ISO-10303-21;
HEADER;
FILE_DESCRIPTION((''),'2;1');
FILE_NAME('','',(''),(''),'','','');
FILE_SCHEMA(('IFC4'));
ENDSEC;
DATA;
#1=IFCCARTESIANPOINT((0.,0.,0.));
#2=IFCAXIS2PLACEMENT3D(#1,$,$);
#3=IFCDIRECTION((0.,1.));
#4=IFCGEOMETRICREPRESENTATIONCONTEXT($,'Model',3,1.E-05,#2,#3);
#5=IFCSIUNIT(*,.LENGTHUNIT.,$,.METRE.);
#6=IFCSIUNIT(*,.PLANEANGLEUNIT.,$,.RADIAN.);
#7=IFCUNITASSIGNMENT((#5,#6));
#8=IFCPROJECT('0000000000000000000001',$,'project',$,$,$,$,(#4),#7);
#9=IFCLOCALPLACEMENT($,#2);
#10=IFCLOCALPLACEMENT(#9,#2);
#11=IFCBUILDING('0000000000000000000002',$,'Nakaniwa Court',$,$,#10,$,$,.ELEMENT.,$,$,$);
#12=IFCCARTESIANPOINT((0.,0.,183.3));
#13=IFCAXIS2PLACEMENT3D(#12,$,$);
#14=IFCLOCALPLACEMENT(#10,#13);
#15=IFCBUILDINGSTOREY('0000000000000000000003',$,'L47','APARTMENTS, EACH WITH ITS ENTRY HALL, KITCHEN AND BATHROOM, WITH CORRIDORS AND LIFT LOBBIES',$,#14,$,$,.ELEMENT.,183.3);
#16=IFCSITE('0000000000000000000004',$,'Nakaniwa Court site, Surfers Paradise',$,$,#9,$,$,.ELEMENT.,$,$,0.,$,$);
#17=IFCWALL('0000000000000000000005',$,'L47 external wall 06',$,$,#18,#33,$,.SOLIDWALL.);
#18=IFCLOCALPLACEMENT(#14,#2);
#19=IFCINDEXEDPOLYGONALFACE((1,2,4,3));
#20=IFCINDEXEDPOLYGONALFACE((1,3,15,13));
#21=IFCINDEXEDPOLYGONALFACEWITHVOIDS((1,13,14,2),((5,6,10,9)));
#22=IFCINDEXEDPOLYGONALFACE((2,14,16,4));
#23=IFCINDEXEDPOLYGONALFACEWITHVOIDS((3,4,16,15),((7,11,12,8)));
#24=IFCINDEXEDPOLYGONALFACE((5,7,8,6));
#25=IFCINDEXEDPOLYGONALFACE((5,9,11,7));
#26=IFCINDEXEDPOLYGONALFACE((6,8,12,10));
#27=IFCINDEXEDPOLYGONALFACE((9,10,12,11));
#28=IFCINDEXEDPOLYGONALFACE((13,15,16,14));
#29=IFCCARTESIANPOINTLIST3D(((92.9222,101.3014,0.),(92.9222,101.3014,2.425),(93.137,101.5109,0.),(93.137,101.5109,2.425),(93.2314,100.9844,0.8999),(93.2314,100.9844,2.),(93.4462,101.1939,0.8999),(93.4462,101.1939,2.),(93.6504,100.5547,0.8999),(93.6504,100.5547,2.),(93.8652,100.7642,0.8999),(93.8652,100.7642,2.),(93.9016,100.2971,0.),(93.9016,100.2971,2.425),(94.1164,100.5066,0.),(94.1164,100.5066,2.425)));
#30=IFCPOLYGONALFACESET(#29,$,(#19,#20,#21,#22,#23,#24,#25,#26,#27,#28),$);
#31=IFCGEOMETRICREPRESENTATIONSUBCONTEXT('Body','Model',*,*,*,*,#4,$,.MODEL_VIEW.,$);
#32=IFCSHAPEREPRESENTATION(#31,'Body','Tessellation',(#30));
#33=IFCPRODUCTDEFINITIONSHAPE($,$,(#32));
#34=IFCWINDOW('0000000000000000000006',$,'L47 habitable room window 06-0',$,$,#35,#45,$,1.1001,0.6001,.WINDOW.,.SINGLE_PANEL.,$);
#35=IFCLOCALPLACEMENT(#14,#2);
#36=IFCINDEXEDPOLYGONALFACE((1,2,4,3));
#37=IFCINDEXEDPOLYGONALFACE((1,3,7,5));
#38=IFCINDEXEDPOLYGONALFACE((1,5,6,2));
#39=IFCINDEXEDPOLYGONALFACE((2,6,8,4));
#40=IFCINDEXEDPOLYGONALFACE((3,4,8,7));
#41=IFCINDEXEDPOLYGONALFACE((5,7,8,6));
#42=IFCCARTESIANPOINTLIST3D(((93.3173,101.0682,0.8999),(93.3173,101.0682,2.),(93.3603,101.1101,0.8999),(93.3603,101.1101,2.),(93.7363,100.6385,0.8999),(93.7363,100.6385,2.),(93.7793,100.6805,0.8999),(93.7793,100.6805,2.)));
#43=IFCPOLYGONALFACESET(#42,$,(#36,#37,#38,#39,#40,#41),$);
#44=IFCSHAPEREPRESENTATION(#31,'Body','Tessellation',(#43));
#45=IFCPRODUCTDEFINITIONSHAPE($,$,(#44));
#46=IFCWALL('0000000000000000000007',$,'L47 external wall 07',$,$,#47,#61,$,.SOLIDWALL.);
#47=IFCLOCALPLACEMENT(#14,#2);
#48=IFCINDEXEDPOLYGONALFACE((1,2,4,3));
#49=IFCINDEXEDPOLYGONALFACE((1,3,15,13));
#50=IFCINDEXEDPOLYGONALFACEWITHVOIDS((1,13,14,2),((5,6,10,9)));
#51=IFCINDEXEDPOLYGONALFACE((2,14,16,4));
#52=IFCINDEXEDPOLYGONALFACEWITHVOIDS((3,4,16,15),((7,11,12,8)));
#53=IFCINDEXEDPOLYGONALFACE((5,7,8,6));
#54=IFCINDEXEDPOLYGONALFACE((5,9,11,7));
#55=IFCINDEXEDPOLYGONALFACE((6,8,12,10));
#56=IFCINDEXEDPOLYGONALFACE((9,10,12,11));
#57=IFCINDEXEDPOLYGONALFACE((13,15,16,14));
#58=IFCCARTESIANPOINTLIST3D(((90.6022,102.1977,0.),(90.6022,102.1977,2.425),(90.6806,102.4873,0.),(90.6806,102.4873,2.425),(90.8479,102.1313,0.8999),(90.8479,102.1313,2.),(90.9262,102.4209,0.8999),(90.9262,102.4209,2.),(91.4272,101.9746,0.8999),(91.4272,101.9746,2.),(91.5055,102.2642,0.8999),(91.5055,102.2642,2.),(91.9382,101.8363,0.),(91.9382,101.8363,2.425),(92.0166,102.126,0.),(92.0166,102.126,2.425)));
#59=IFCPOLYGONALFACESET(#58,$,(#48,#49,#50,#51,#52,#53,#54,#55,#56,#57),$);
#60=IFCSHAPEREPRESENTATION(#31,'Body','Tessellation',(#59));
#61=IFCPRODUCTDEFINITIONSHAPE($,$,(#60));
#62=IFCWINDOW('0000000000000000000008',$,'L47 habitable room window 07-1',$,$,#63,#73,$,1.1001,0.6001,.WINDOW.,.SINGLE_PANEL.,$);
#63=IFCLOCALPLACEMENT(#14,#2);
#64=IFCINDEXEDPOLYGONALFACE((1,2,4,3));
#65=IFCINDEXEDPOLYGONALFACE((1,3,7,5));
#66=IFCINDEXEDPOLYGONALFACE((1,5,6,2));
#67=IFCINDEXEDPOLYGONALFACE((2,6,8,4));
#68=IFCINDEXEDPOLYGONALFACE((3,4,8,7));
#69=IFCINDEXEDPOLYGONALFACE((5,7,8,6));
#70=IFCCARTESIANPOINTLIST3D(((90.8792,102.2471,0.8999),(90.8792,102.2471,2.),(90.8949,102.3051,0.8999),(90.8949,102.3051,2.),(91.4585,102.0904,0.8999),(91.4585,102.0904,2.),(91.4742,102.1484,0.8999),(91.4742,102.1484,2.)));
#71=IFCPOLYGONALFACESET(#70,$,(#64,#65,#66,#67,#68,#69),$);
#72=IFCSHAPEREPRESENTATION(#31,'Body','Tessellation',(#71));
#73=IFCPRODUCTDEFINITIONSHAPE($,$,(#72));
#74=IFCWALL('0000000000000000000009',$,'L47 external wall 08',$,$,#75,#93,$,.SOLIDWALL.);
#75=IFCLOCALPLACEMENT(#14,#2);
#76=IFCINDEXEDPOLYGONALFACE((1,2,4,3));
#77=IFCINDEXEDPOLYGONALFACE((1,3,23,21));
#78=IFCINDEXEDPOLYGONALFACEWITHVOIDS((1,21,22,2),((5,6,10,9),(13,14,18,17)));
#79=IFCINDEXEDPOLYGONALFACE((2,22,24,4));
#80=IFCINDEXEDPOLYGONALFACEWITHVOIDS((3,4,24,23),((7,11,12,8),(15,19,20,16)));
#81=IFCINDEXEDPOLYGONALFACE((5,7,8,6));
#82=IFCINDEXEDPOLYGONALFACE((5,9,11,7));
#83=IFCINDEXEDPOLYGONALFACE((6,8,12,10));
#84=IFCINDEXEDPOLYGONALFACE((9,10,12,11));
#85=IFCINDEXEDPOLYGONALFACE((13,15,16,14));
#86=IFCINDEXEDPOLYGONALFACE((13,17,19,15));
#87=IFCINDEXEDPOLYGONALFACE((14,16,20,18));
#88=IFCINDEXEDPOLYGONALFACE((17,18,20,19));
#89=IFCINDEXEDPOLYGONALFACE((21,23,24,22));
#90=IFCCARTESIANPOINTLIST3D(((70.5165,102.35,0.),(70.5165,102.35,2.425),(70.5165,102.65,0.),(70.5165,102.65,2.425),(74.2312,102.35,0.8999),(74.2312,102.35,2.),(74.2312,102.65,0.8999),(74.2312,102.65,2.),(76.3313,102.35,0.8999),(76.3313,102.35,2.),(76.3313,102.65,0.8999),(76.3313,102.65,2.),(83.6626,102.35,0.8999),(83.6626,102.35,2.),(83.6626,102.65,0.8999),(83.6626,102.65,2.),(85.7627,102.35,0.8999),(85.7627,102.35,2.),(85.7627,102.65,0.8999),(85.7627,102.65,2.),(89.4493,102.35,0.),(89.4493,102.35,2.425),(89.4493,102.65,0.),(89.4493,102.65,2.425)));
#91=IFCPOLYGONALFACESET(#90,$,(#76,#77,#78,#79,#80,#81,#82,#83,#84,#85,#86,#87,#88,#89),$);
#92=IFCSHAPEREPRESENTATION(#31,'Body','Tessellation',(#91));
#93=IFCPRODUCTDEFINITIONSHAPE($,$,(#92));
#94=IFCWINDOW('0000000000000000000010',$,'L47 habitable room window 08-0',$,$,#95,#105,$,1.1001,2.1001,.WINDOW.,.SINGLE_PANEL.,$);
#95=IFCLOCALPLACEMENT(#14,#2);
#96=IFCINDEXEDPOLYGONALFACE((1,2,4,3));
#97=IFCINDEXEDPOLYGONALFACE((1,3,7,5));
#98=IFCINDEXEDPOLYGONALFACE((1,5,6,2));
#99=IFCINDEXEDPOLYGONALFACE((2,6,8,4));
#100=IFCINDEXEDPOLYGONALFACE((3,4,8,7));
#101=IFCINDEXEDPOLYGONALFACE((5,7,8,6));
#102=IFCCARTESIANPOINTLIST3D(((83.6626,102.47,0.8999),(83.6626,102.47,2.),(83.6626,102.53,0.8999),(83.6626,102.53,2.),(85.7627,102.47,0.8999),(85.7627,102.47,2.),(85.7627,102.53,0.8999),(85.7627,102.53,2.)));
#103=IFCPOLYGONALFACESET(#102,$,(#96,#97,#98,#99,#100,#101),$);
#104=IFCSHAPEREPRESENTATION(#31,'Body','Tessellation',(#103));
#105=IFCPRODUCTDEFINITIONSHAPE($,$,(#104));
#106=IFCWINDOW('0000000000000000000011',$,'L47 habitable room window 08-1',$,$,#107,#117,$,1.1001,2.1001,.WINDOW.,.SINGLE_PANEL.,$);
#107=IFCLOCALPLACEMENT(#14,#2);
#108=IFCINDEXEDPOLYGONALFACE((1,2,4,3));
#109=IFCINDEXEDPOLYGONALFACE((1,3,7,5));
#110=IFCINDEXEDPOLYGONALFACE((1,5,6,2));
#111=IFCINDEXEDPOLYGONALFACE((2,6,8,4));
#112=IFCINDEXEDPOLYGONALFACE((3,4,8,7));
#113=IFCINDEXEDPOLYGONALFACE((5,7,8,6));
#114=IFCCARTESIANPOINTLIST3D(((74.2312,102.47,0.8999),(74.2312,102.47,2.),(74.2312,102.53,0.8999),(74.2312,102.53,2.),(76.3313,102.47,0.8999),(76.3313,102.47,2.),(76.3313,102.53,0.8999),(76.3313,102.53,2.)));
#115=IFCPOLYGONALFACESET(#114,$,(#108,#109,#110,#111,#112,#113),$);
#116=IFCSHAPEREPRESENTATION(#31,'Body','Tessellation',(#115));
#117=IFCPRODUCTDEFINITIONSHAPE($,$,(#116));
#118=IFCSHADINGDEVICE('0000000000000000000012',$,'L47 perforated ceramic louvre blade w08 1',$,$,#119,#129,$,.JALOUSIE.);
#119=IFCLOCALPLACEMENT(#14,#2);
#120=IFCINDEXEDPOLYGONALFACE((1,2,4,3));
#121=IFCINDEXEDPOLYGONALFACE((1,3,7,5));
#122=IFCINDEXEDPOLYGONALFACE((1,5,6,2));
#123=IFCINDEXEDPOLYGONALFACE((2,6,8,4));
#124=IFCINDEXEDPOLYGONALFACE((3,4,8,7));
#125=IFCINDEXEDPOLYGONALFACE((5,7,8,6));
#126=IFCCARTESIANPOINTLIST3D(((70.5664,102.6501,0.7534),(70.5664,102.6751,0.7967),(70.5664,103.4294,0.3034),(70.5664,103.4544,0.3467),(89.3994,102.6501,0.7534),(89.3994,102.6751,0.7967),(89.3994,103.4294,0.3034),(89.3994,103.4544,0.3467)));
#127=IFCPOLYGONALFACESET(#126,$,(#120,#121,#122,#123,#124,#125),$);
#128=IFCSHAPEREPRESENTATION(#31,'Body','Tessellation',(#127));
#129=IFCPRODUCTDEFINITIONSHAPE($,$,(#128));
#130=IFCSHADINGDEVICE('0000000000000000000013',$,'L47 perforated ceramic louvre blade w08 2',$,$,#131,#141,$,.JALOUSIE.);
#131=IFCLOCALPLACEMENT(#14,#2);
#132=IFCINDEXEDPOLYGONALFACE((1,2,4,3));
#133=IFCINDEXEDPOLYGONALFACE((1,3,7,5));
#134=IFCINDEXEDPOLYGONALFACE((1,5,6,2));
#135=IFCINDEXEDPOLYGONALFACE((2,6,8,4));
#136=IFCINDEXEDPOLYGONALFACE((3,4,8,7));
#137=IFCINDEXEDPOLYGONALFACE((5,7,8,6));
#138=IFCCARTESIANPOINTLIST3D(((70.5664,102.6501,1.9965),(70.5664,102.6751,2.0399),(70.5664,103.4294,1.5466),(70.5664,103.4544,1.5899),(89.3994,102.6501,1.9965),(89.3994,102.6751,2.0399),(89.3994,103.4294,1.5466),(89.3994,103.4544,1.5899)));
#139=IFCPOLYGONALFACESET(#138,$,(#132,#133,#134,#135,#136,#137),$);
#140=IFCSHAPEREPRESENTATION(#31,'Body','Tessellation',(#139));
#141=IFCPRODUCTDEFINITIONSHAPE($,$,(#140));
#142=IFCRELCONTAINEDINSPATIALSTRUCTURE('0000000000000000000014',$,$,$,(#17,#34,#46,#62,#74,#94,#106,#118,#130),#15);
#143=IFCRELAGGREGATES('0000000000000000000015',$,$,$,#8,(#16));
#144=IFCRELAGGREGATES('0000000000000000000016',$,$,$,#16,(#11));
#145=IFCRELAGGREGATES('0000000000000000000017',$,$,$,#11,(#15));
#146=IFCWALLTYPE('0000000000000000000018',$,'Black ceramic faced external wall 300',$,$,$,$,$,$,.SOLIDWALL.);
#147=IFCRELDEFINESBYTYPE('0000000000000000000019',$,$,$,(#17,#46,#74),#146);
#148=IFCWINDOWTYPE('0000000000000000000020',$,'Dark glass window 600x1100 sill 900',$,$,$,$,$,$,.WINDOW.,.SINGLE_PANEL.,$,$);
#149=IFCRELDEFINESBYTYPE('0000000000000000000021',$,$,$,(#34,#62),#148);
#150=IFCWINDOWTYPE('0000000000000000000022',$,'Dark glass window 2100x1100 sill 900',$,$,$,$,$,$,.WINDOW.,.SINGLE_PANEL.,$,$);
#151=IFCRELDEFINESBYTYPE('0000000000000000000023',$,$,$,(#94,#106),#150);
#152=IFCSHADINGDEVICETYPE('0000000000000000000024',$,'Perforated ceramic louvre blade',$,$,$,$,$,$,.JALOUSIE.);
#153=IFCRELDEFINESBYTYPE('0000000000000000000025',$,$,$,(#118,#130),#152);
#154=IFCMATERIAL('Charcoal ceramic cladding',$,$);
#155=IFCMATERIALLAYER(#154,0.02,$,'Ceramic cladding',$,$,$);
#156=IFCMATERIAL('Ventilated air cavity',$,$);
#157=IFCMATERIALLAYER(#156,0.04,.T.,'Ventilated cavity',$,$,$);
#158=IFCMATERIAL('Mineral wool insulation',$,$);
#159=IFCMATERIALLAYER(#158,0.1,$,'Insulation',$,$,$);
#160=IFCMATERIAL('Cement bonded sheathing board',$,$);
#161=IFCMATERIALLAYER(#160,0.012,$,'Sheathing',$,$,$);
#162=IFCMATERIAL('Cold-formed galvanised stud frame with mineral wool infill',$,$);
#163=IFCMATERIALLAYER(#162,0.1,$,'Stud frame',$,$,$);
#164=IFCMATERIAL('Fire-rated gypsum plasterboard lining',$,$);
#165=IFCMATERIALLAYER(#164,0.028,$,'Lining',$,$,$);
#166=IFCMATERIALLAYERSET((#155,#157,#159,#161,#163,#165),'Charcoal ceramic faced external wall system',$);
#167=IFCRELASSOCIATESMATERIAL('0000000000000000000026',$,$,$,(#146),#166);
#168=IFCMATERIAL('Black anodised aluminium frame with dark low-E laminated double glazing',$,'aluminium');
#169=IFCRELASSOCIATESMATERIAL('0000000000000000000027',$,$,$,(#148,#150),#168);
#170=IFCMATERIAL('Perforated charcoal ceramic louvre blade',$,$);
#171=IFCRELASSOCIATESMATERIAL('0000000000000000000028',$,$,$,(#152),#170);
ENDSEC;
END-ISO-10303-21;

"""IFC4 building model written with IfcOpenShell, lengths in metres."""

from ifc_helpers import new_model, si_unit, direction, frame, frame_2d, origin, origin_2d, place, context, subcontext, project, spatial, rectangle, extrude, material, layer, layer_set, material_profile, profile_set, type_object, element, fill, save


model = new_model("IFC4")

# Units and contexts
model_context = context("Model", 3, precision=1e-05, world=origin(), true_north=direction((0.0, 1.0)))
body_context = subcontext(model_context, "Body", "Model", "MODEL_VIEW")
ifc_project = project(units=[si_unit("LENGTHUNIT", "METRE"), si_unit("PLANEANGLEUNIT", "RADIAN")], contexts=[model_context])

# Site, building, storey
site_placement = place(None, origin())
site = spatial("IfcSite", under=ifc_project, at=site_placement, Name="Nakaniwa Court site, Surfers Paradise", CompositionType="ELEMENT", RefElevation=0.0)
building_placement = place(site_placement, origin())
building = spatial("IfcBuilding", under=site, at=building_placement, Name="Nakaniwa Court", CompositionType="ELEMENT")
storey_placement = place(building_placement, frame((0.0, 0.0, 183.3)))
storey = spatial("IfcBuildingStorey", under=building, at=storey_placement, Name="L47", Description="APARTMENTS, EACH WITH ITS ENTRY HALL, KITCHEN AND BATHROOM, WITH CORRIDORS AND LIFT LOBBIES", CompositionType="ELEMENT", Elevation=183.3)

# Walls, openings, windows
ifc_material_1 = material(Name="Charcoal ceramic cladding")
ifc_layer_1 = layer(ifc_material_1, 0.02, Name="Ceramic cladding")
ifc_material_2 = material(Name="Ventilated air cavity")
ifc_layer_2 = layer(ifc_material_2, 0.04, ventilated=True, Name="Ventilated cavity")
ifc_material_3 = material(Name="Mineral wool insulation")
ifc_layer_3 = layer(ifc_material_3, 0.1, Name="Insulation")
ifc_material_4 = material(Name="Cement bonded sheathing board")
ifc_layer_4 = layer(ifc_material_4, 0.012, Name="Sheathing")
ifc_material_5 = material(Name="Cold-formed galvanised stud frame with mineral wool infill")
ifc_layer_5 = layer(ifc_material_5, 0.1, Name="Stud frame")
ifc_material_6 = material(Name="Fire-rated gypsum plasterboard lining")
ifc_layer_6 = layer(ifc_material_6, 0.028, Name="Lining")
ifc_layer_set_1 = layer_set([ifc_layer_1, ifc_layer_2, ifc_layer_3, ifc_layer_4, ifc_layer_5, ifc_layer_6], Name="Charcoal ceramic faced external wall system")
wall_type_1 = type_object("IfcWallType", Name="Black ceramic faced external wall 300", PredefinedType="SOLIDWALL", material=ifc_layer_set_1)
wall_1_placement = place(storey_placement, frame((94.009, 100.4019, 0.0), z_axis=(0.0, 0.0, 1.0), x_axis=(-0.698176, 0.715926, 0.0)))
wall_1 = element("IfcWall", 1, at=wall_1_placement, inside=storey, type_object=wall_type_1, Name="L47 external wall 06", PredefinedType="SOLIDWALL", context=body_context, shape_type="SweptSolid", body=[
    extrude(rectangle(XDim=1.4028, YDim=0.3, at=frame_2d((0.7014, 0.0))), origin(), (0.0, 0.0, 1.0), 2.425),
])
opening_1_placement = place(wall_1_placement, frame((0.3599, 0.0, 0.8999)))
opening_1 = element("IfcOpeningElement", 2, at=opening_1_placement, cuts=wall_1, PredefinedType="OPENING", context=body_context, shape_type="SweptSolid", body=[
    extrude(rectangle(XDim=0.6001, YDim=1.1001, at=frame_2d((0.3, 0.55))), frame((0.0, 0.1599, 0.0), z_axis=(0.0, -1.0, 0.0), x_axis=(1.0, 0.0, 0.0)), (0.0, 0.0, 1.0), 0.3201),
])
ifc_material_7 = material(Name="Black anodised aluminium frame with dark low-E laminated double glazing", Category="aluminium")
window_type_1 = type_object("IfcWindowType", Name="Dark glass window 600x1100 sill 900", PartitioningType="SINGLE_PANEL", PredefinedType="WINDOW", material=ifc_material_7)
window_1_placement = place(opening_1_placement, origin())
window_1 = element("IfcWindow", 3, at=window_1_placement, inside=storey, type_object=window_type_1, Name="L47 habitable room window 06-0", OverallHeight=1.1001, OverallWidth=0.6001, PartitioningType="SINGLE_PANEL", PredefinedType="WINDOW", context=body_context, shape_type="SweptSolid", body=[
    extrude(rectangle(XDim=0.6001, YDim=1.1001, at=frame_2d((0.3, 0.55))), frame((0.0, 0.03, 0.0), z_axis=(0.0, -1.0, 0.0), x_axis=(1.0, 0.0, 0.0)), (0.0, 0.0, 1.0), 0.0601),
])
fill(opening_1, window_1)
wall_2_placement = place(storey_placement, frame((91.9773, 101.9812, 0.0), z_axis=(0.0, 0.0, 1.0), x_axis=(-0.965315, 0.261087, 0.0)))
wall_2 = element("IfcWall", 4, at=wall_2_placement, inside=storey, type_object=wall_type_1, Name="L47 external wall 07", PredefinedType="SOLIDWALL", context=body_context, shape_type="SweptSolid", body=[
    extrude(rectangle(XDim=1.384, YDim=0.3, at=frame_2d((0.6919, 0.0))), origin(), (0.0, 0.0, 1.0), 2.425),
])
opening_2_placement = place(wall_2_placement, frame((0.5293, 0.0, 0.8999)))
opening_2 = element("IfcOpeningElement", 5, at=opening_2_placement, cuts=wall_2, PredefinedType="OPENING", context=body_context, shape_type="SweptSolid", body=[
    extrude(rectangle(XDim=0.6001, YDim=1.1001, at=frame_2d((0.3, 0.55))), frame((0.0, 0.1599, 0.0), z_axis=(0.0, -1.0, 0.0), x_axis=(1.0, 0.0, 0.0)), (0.0, 0.0, 1.0), 0.3201),
])
window_2_placement = place(opening_2_placement, origin())
window_2 = element("IfcWindow", 6, at=window_2_placement, inside=storey, type_object=window_type_1, Name="L47 habitable room window 07-1", OverallHeight=1.1001, OverallWidth=0.6001, PartitioningType="SINGLE_PANEL", PredefinedType="WINDOW", context=body_context, shape_type="SweptSolid", body=[
    extrude(rectangle(XDim=0.6001, YDim=1.1001, at=frame_2d((0.3, 0.55))), frame((0.0, 0.03, 0.0), z_axis=(0.0, -1.0, 0.0), x_axis=(1.0, 0.0, 0.0)), (0.0, 0.0, 1.0), 0.0601),
])
fill(opening_2, window_2)

# Wall, openings, windows
wall_3_placement = place(storey_placement, frame((89.4492, 102.5, 0.0), z_axis=(0.0, 0.0, 1.0), x_axis=(-1.0, 0.0, 0.0)))
wall_3 = element("IfcWall", 7, at=wall_3_placement, inside=storey, type_object=wall_type_1, Name="L47 external wall 08", PredefinedType="SOLIDWALL", context=body_context, shape_type="SweptSolid", body=[
    extrude(rectangle(XDim=18.9329, YDim=0.3, at=frame_2d((9.4663, 0.0))), origin(), (0.0, 0.0, 1.0), 2.425),
])
opening_3_placement = place(wall_3_placement, frame((3.6865, 0.0, 0.8999)))
opening_3 = element("IfcOpeningElement", 8, at=opening_3_placement, cuts=wall_3, PredefinedType="OPENING", context=body_context, shape_type="SweptSolid", body=[
    extrude(rectangle(XDim=2.1001, YDim=1.1001, at=frame_2d((1.05, 0.55))), frame((0.0, 0.1599, 0.0), z_axis=(0.0, -1.0, 0.0), x_axis=(1.0, 0.0, 0.0)), (0.0, 0.0, 1.0), 0.3201),
])
opening_4_placement = place(wall_3_placement, frame((13.1179, 0.0, 0.8999)))
opening_4 = element("IfcOpeningElement", 9, at=opening_4_placement, cuts=wall_3, PredefinedType="OPENING", context=body_context, shape_type="SweptSolid", body=[
    extrude(rectangle(XDim=2.1001, YDim=1.1001, at=frame_2d((1.05, 0.55))), frame((0.0, 0.1599, 0.0), z_axis=(0.0, -1.0, 0.0), x_axis=(1.0, 0.0, 0.0)), (0.0, 0.0, 1.0), 0.3201),
])
window_type_2 = type_object("IfcWindowType", Name="Dark glass window 2100x1100 sill 900", PartitioningType="SINGLE_PANEL", PredefinedType="WINDOW", material=ifc_material_7)
window_3_placement = place(opening_3_placement, origin())
window_3 = element("IfcWindow", 10, at=window_3_placement, inside=storey, type_object=window_type_2, Name="L47 habitable room window 08-0", OverallHeight=1.1001, OverallWidth=2.1001, PartitioningType="SINGLE_PANEL", PredefinedType="WINDOW", context=body_context, shape_type="SweptSolid", body=[
    extrude(rectangle(XDim=2.1001, YDim=1.1001, at=frame_2d((1.05, 0.55))), frame((0.0, 0.03, 0.0), z_axis=(0.0, -1.0, 0.0), x_axis=(1.0, 0.0, 0.0)), (0.0, 0.0, 1.0), 0.0601),
])
fill(opening_3, window_3)
window_4_placement = place(opening_4_placement, origin())
window_4 = element("IfcWindow", 11, at=window_4_placement, inside=storey, type_object=window_type_2, Name="L47 habitable room window 08-1", OverallHeight=1.1001, OverallWidth=2.1001, PartitioningType="SINGLE_PANEL", PredefinedType="WINDOW", context=body_context, shape_type="SweptSolid", body=[
    extrude(rectangle(XDim=2.1001, YDim=1.1001, at=frame_2d((1.05, 0.55))), frame((0.0, 0.03, 0.0), z_axis=(0.0, -1.0, 0.0), x_axis=(1.0, 0.0, 0.0)), (0.0, 0.0, 1.0), 0.0601),
])
fill(opening_4, window_4)

# Shading devices
ifc_material_8 = material(Name="Perforated charcoal ceramic louvre blade")
ifc_material_profile_1 = material_profile(ifc_material_8, rectangle(XDim=0.8999, YDim=0.05, at=origin_2d()), Name="Perforated ceramic louvre blade")
ifc_profile_set_1 = profile_set([ifc_material_profile_1], Name="Perforated charcoal ceramic louvre blade")
shading_device_type = type_object("IfcShadingDeviceType", Name="Perforated ceramic louvre blade", PredefinedType="JALOUSIE", material=ifc_profile_set_1)
for number, where, z_axis, x_axis, name in (
    (12, (89.3994, 103.0522, 0.55), (-1.0, 0.0, 0.0), (0.0, -0.866025, 0.5), "L47 perforated ceramic louvre blade w08 1"),
    (13, (89.3994, 103.0522, 1.7932), (-1.0, 0.0, 0.0), (0.0, -0.866025, 0.5), "L47 perforated ceramic louvre blade w08 2"),
):
    element("IfcShadingDevice", number, at=place(storey_placement, frame(where, z_axis=z_axis, x_axis=x_axis)), inside=storey, type_object=shading_device_type, Name=name, PredefinedType="JALOUSIE", context=body_context, shape_type="SweptSolid", body=[
        extrude(rectangle(XDim=0.8999, YDim=0.05, at=origin_2d()), origin(), (0.0, 0.0, 1.0), 18.833),
    ])

save(model, "model.ifc")
